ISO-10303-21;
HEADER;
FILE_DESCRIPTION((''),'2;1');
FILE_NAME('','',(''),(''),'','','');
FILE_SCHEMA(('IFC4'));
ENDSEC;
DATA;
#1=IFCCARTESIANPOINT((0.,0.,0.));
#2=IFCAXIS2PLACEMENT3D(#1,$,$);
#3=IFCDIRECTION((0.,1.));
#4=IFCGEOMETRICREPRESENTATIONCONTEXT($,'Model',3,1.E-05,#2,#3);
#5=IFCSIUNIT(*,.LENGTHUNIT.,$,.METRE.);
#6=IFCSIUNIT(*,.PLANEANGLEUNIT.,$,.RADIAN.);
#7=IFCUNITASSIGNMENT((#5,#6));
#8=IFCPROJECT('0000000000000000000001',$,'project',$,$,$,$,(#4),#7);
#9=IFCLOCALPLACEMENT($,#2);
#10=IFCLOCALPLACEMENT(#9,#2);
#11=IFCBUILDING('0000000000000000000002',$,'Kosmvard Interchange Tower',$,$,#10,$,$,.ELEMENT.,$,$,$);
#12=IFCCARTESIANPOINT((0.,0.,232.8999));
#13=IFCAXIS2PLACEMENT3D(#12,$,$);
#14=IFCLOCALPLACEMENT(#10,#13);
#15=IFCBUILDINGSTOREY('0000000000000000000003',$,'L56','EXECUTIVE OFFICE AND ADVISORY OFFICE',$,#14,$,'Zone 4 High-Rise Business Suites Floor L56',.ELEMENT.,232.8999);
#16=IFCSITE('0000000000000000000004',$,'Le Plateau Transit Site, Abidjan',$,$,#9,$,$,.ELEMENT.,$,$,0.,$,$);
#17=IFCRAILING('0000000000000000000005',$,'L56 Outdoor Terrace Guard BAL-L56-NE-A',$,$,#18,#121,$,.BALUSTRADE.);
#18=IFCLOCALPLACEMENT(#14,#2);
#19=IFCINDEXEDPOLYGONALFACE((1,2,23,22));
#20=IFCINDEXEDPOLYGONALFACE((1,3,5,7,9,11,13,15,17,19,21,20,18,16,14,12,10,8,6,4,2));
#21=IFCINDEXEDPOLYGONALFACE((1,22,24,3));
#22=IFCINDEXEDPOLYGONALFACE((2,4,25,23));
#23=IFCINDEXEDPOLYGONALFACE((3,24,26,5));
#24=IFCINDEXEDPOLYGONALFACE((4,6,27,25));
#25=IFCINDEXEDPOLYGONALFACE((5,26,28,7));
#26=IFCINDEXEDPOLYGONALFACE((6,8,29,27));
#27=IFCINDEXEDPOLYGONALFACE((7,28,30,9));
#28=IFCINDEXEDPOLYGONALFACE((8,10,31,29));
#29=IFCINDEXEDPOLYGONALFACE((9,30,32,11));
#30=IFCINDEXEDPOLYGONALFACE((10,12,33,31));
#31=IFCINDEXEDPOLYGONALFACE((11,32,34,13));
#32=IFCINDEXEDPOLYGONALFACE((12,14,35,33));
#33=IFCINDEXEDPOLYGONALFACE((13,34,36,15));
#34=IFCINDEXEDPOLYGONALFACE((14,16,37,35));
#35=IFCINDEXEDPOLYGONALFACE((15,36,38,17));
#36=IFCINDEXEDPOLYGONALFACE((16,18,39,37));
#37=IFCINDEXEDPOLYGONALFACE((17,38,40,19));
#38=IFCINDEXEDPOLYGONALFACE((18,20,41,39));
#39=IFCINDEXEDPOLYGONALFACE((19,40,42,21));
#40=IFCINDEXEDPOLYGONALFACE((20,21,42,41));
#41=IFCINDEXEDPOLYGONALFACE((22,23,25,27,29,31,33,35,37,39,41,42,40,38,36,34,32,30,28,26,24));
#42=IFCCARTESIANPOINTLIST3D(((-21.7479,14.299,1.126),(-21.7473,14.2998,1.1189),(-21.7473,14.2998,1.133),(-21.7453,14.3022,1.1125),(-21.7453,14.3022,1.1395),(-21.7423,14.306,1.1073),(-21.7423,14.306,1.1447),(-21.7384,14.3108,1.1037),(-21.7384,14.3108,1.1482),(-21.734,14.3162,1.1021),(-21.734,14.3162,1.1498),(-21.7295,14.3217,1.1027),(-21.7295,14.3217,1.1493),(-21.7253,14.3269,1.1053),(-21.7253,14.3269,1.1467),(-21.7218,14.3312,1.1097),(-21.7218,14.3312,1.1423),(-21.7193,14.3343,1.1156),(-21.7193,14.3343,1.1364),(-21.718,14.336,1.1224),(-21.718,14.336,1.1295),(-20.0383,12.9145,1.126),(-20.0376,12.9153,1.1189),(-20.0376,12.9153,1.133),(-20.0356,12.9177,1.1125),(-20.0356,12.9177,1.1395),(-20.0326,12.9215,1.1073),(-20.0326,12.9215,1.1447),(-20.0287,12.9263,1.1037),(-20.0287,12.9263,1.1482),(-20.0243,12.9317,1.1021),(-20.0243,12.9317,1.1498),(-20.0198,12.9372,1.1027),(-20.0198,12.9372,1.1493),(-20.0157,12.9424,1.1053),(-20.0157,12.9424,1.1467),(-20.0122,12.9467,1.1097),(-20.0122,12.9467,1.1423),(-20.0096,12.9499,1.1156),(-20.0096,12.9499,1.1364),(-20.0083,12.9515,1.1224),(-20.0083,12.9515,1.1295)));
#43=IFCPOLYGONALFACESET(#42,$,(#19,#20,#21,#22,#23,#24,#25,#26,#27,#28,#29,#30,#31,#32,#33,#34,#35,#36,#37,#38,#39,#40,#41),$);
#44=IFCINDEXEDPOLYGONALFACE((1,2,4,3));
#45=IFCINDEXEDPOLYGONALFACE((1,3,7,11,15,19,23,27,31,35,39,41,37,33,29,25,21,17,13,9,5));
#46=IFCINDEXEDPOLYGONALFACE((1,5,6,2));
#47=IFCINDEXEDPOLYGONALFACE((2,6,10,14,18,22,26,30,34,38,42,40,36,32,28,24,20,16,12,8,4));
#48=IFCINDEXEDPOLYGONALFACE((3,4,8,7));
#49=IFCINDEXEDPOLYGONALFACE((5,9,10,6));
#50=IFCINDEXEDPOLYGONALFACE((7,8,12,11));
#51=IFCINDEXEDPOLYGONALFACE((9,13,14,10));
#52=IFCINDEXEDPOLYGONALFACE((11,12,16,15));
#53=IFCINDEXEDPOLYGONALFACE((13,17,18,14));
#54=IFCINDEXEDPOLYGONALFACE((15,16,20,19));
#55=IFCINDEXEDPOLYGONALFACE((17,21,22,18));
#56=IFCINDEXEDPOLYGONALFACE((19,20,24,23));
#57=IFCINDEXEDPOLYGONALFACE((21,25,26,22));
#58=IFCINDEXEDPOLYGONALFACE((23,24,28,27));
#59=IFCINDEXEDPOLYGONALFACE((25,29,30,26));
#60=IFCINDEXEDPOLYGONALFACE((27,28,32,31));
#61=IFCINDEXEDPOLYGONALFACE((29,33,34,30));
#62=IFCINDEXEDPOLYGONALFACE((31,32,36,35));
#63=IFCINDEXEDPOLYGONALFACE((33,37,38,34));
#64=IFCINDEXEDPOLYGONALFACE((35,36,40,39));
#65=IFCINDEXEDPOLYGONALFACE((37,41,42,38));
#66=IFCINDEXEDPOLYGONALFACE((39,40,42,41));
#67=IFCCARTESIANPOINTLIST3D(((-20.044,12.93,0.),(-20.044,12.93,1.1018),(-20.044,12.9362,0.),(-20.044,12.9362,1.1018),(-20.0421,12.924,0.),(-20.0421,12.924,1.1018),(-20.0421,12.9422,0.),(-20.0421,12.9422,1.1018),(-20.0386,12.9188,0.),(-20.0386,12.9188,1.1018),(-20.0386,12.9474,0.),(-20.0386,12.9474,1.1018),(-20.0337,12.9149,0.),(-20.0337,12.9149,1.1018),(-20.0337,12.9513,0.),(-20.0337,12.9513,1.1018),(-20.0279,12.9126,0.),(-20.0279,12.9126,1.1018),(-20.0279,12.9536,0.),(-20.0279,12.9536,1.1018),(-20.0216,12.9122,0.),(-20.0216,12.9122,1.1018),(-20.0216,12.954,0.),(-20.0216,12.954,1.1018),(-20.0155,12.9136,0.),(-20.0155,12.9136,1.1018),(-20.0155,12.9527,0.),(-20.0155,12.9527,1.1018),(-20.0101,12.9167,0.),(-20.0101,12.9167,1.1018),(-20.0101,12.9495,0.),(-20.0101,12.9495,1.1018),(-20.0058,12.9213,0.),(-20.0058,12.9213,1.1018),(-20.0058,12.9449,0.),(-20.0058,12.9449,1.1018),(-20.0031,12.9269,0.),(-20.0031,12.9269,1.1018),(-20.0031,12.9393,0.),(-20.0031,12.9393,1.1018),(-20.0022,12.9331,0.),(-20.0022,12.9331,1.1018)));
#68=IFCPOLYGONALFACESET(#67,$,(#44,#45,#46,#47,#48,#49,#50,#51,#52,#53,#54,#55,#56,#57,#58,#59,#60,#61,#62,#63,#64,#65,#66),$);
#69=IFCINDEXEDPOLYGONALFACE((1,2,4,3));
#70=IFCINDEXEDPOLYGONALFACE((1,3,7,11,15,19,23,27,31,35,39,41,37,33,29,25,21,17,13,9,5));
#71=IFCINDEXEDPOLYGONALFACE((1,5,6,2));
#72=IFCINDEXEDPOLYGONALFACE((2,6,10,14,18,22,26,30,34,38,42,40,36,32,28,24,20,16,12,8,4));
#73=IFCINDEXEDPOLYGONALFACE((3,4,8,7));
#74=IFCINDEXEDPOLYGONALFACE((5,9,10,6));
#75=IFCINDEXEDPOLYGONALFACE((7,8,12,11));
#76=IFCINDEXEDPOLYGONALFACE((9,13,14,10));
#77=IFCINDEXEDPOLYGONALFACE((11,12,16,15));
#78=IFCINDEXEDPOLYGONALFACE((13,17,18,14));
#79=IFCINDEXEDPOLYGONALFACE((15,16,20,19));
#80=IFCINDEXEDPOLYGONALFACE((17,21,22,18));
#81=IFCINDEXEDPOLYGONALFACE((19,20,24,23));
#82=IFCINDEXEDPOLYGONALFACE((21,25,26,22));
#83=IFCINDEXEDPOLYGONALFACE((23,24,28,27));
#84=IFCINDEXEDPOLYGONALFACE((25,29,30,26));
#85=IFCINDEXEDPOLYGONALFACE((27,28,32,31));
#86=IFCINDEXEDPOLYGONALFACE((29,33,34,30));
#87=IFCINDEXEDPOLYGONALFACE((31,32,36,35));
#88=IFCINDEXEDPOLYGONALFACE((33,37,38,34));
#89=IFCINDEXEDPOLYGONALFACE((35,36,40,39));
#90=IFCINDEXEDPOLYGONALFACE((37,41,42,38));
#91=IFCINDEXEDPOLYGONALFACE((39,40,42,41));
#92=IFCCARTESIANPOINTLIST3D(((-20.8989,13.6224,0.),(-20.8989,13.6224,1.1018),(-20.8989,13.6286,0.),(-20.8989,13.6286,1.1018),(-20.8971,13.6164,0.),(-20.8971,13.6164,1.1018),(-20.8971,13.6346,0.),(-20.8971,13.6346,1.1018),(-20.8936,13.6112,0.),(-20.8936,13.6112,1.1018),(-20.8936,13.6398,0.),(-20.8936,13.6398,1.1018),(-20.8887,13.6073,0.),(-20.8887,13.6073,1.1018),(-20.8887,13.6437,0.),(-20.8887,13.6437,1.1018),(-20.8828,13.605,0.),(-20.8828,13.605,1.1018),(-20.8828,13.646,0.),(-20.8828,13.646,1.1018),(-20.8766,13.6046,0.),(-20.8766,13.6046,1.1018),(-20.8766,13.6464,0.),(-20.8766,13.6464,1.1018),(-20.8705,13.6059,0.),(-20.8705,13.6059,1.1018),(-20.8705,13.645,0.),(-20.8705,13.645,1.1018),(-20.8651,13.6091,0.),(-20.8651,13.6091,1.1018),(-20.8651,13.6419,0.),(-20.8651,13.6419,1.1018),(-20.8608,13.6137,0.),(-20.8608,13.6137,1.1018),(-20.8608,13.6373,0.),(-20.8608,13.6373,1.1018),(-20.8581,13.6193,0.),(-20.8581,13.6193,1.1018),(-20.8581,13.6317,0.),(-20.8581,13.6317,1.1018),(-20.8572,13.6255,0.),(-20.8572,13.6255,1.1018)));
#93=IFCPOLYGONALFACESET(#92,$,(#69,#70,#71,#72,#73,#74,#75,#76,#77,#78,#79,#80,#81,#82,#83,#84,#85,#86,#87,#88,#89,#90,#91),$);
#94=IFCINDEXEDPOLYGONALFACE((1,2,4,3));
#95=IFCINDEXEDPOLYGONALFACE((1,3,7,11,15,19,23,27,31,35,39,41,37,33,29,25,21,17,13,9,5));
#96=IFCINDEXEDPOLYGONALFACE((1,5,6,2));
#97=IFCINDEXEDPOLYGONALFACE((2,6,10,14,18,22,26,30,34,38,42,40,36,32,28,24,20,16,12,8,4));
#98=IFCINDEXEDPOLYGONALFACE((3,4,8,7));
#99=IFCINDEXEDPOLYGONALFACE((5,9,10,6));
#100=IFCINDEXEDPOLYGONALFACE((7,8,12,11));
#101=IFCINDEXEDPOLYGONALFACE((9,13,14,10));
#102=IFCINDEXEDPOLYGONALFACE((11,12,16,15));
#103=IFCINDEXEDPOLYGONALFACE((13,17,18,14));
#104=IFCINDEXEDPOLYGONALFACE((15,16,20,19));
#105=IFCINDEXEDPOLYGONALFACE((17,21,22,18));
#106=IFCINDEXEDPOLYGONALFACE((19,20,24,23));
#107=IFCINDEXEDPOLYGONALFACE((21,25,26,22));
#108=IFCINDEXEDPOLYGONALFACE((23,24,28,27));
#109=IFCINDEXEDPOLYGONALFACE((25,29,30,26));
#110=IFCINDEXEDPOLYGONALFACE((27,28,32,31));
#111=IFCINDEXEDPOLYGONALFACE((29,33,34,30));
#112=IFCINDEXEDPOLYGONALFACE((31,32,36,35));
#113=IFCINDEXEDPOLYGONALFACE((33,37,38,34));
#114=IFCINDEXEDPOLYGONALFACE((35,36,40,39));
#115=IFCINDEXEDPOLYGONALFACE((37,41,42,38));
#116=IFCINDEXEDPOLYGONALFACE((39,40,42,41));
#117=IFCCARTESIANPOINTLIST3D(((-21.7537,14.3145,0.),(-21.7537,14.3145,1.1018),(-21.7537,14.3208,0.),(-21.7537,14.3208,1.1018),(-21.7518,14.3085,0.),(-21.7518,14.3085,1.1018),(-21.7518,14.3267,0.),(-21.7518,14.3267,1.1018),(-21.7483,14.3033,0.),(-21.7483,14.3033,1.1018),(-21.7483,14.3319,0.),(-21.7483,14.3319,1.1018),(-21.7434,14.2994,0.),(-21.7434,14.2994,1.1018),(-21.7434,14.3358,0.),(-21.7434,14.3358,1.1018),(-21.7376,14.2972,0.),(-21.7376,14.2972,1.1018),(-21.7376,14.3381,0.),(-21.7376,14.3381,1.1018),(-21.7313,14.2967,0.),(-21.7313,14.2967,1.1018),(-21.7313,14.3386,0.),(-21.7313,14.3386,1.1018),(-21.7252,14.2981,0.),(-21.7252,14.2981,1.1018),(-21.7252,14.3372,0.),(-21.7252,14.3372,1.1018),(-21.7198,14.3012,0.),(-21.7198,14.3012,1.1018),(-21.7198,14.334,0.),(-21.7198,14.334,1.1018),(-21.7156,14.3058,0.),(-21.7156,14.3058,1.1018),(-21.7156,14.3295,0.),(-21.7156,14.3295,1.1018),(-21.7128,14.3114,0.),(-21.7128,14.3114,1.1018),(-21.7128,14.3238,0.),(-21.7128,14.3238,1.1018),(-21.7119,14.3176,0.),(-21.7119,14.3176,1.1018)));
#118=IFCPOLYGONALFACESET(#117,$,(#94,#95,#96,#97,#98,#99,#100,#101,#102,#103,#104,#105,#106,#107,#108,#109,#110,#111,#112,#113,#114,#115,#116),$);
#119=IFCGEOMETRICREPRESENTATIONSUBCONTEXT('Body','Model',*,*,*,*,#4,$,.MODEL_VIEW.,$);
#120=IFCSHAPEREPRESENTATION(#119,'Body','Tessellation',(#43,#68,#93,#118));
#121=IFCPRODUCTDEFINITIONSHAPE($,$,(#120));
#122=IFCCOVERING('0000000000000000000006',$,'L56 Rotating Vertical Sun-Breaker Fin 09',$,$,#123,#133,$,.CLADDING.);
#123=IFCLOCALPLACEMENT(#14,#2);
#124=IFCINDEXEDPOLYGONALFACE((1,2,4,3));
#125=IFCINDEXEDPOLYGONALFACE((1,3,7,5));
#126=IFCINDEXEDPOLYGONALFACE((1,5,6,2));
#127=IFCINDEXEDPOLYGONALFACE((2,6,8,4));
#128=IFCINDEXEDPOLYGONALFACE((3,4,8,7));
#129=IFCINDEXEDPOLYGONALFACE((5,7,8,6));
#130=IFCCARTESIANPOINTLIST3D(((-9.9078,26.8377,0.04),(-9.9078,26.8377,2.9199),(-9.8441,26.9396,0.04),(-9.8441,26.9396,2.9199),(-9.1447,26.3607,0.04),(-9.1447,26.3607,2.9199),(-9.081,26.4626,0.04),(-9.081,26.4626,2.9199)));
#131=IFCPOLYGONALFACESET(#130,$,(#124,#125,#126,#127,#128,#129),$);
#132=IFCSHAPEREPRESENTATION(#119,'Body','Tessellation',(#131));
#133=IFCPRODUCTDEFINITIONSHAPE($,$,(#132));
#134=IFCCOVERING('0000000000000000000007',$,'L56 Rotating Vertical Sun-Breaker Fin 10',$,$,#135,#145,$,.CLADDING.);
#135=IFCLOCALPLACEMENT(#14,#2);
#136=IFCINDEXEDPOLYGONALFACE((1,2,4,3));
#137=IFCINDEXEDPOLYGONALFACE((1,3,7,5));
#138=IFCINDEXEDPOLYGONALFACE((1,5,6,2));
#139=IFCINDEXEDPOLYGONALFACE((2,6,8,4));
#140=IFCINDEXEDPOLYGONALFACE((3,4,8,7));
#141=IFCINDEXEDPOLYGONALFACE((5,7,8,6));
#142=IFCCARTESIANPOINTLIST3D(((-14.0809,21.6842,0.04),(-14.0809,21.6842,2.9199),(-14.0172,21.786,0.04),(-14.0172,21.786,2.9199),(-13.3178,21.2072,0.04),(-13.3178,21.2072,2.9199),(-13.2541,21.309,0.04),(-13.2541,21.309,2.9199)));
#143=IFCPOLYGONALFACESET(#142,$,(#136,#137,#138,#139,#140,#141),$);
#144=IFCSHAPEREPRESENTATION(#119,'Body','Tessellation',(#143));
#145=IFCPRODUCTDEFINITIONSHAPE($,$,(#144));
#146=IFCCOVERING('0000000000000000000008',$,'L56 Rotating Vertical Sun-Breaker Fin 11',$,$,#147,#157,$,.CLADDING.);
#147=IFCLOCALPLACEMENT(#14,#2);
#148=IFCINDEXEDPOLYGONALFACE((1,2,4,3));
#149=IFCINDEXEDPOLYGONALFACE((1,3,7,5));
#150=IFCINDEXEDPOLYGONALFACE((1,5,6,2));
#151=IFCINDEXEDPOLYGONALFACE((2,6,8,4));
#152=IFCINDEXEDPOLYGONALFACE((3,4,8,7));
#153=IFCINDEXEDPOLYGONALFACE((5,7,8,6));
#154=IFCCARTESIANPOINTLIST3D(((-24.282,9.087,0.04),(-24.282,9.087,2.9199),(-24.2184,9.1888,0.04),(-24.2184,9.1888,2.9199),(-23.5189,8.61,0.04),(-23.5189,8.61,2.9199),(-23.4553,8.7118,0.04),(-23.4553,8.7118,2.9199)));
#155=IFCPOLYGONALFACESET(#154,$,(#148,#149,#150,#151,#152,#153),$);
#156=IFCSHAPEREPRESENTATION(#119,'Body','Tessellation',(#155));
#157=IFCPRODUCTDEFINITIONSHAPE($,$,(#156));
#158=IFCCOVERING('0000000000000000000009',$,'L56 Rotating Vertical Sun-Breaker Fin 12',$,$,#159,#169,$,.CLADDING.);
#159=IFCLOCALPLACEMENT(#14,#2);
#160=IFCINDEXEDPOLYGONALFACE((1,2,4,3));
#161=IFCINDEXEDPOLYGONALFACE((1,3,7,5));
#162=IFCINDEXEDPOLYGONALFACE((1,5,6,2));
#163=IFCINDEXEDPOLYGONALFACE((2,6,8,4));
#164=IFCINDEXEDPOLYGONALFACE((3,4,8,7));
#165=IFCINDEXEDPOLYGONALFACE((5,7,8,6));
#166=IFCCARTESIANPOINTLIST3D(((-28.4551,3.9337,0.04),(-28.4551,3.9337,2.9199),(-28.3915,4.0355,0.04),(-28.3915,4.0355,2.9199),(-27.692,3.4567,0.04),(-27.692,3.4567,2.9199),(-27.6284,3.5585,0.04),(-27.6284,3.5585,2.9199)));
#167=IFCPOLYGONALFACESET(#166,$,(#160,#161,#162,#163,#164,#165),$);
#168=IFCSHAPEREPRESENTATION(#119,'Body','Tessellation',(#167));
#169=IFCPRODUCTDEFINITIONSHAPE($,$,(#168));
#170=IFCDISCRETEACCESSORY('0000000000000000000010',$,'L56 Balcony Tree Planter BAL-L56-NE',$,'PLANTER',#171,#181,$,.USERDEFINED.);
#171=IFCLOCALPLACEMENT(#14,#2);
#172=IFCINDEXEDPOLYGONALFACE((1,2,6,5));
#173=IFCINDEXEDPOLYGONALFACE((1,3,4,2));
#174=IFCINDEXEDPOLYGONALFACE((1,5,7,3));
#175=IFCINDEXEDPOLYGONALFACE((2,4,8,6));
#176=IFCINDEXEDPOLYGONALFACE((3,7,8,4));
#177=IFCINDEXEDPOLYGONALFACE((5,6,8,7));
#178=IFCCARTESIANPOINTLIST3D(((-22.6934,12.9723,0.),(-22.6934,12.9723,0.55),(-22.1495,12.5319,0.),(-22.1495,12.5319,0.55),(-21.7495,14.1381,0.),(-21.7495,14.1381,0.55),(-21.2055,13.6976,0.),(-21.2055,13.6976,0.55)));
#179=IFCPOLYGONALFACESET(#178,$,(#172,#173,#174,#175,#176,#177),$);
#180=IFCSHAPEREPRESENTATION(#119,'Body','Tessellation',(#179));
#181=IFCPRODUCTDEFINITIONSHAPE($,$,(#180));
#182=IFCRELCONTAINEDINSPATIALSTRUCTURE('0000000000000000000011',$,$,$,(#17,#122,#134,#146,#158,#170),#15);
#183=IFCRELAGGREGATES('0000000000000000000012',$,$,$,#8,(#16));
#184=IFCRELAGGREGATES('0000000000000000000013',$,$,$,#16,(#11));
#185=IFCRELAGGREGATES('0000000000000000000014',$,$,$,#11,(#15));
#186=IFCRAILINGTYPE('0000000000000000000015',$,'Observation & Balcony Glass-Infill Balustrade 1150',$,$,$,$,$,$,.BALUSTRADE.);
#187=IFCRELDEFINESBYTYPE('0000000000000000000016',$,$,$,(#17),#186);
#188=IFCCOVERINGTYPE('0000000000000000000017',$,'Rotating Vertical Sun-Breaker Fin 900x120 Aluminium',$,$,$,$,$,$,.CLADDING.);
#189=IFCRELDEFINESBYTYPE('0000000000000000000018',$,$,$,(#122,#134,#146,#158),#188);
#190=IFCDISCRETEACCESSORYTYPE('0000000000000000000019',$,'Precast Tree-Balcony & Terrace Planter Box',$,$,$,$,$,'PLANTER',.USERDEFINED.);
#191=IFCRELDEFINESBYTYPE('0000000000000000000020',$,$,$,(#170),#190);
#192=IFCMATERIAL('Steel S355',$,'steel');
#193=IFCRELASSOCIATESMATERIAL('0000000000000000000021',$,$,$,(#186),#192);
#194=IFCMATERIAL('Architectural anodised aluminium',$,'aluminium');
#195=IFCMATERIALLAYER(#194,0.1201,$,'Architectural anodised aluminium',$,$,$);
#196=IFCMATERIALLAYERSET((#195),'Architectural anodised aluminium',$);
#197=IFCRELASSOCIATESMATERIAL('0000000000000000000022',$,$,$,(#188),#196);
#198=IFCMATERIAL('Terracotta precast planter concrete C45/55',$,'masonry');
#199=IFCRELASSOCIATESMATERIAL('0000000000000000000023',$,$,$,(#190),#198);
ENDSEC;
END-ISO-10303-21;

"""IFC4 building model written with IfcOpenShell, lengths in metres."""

from ifc_helpers import new_model, si_unit, direction, frame, origin, origin_2d, place, context, subcontext, project, spatial, rectangle, circle, extrude, source, transform, mapped, material, layer, layer_set, type_object, element, save


model = new_model("IFC4")

# Units and contexts
model_context = context("Model", 3, precision=1e-05, world=origin(), true_north=direction((0.0, 1.0)))
body_context = subcontext(model_context, "Body", "Model", "MODEL_VIEW")
ifc_project = project(units=[si_unit("LENGTHUNIT", "METRE"), si_unit("PLANEANGLEUNIT", "RADIAN")], contexts=[model_context])

# Site, building, storey
site_placement = place(None, origin())
site = spatial("IfcSite", under=ifc_project, at=site_placement, Name="Le Plateau Transit Site, Abidjan", CompositionType="ELEMENT", RefElevation=0.0)
building_placement = place(site_placement, origin())
building = spatial("IfcBuilding", under=site, at=building_placement, Name="Kosmvard Interchange Tower", CompositionType="ELEMENT")
storey_placement = place(building_placement, frame((0.0, 0.0, 232.8999)))
storey = spatial("IfcBuildingStorey", under=building, at=storey_placement, Name="L56", Description="EXECUTIVE OFFICE AND ADVISORY OFFICE", LongName="Zone 4 High-Rise Business Suites Floor L56", CompositionType="ELEMENT", Elevation=232.8999)

# Shared definitions
ifc_material_1 = material(Name="Steel S355", Category="steel")

# Railing
railing_type = type_object("IfcRailingType", Name="Observation & Balcony Glass-Infill Balustrade 1150", PredefinedType="BALUSTRADE", material=ifc_material_1)
shared_shape_1 = source(origin(), body_context, "Body", "SweptSolid", [
    extrude(circle(Radius=0.0239, at=origin_2d()), frame((0.0, 0.0, 1.126), z_axis=(-0.777141, 0.629326, 0.0), x_axis=(-0.629326, -0.777141, 0.0)), (0.0, 0.0, 1.0), 2.2),
    extrude(circle(Radius=0.021, at=origin_2d()), origin(), (0.0, 0.0, 1.0), 1.1018),
    extrude(circle(Radius=0.021, at=origin_2d()), frame((-0.855, 0.6924, 0.0)), (0.0, 0.0, 1.0), 1.1018),
    extrude(circle(Radius=0.021, at=origin_2d()), frame((-1.7097, 1.3845, 0.0)), (0.0, 0.0, 1.0), 1.1018),
])
railing_1_placement = place(storey_placement, frame((-20.0232, 12.9331, 0.0)))
element("IfcRailing", 1, at=railing_1_placement, inside=storey, type_object=railing_type, Name="L56 Outdoor Terrace Guard BAL-L56-NE-A", PredefinedType="BALUSTRADE", context=body_context, shape_type="MappedRepresentation", body=[
    mapped(shared_shape_1, transform((0.0, 0.0, 0.0), scale=1.0)),
])

# Coverings
ifc_material_2 = material(Name="Architectural anodised aluminium", Category="aluminium")
ifc_layer_1 = layer(ifc_material_2, 0.1201, Name="Architectural anodised aluminium")
ifc_layer_set_1 = layer_set([ifc_layer_1], Name="Architectural anodised aluminium")
covering_type = type_object("IfcCoveringType", Name="Rotating Vertical Sun-Breaker Fin 900x120 Aluminium", PredefinedType="CLADDING", material=ifc_layer_set_1)
shared_shape_2 = source(origin(), body_context, "Body", "SweptSolid", [
    extrude(rectangle(XDim=0.8999, YDim=0.1201, at=origin_2d()), origin(), (0.0, 0.0, 1.0), 2.8799),
])
for number, where, z_axis, x_axis, name in (
    (2, (-9.4944, 26.6501, 0.04), (0.0, 0.0, 1.0), (-0.847956, 0.530067, 0.0), "L56 Rotating Vertical Sun-Breaker Fin 09"),
    (3, (-13.6675, 21.4966, 0.04), (0.0, 0.0, 1.0), (-0.847956, 0.530067, 0.0), "L56 Rotating Vertical Sun-Breaker Fin 10"),
    (4, (-23.8687, 8.8994, 0.04), (0.0, 0.0, 1.0), (-0.847956, 0.530067, 0.0), "L56 Rotating Vertical Sun-Breaker Fin 11"),
    (5, (-28.0417, 3.7461, 0.04), (0.0, 0.0, 1.0), (-0.847956, 0.530067, 0.0), "L56 Rotating Vertical Sun-Breaker Fin 12"),
):
    element("IfcCovering", number, at=place(storey_placement, frame(where, z_axis=z_axis, x_axis=x_axis)), inside=storey, type_object=covering_type, Name=name, PredefinedType="CLADDING", context=body_context, shape_type="MappedRepresentation", body=[
        mapped(shared_shape_2, transform((0.0, 0.0, 0.0), scale=1.0)),
    ])

# Discrete accessory
ifc_material_3 = material(Name="Terracotta precast planter concrete C45/55", Category="masonry")
discrete_accessory_type = type_object("IfcDiscreteAccessoryType", Name="Precast Tree-Balcony & Terrace Planter Box", ElementType="PLANTER", PredefinedType="USERDEFINED", material=ifc_material_3)
shared_shape_3 = source(origin(), body_context, "Body", "SweptSolid", [
    extrude(rectangle(XDim=1.5, YDim=0.7, at=origin_2d()), origin(), (0.0, 0.0, 1.0), 0.55),
])
discrete_accessory_placement = place(storey_placement, frame((-21.9495, 13.335, 0.0), z_axis=(0.0, 0.0, 1.0), x_axis=(0.62932, 0.777146, 0.0)))
element("IfcDiscreteAccessory", 6, at=discrete_accessory_placement, inside=storey, type_object=discrete_accessory_type, Name="L56 Balcony Tree Planter BAL-L56-NE", ObjectType="PLANTER", PredefinedType="USERDEFINED", context=body_context, shape_type="MappedRepresentation", body=[
    mapped(shared_shape_3, transform((0.0, 0.0, 0.0), scale=1.0)),
])

save(model, "model.ifc")
